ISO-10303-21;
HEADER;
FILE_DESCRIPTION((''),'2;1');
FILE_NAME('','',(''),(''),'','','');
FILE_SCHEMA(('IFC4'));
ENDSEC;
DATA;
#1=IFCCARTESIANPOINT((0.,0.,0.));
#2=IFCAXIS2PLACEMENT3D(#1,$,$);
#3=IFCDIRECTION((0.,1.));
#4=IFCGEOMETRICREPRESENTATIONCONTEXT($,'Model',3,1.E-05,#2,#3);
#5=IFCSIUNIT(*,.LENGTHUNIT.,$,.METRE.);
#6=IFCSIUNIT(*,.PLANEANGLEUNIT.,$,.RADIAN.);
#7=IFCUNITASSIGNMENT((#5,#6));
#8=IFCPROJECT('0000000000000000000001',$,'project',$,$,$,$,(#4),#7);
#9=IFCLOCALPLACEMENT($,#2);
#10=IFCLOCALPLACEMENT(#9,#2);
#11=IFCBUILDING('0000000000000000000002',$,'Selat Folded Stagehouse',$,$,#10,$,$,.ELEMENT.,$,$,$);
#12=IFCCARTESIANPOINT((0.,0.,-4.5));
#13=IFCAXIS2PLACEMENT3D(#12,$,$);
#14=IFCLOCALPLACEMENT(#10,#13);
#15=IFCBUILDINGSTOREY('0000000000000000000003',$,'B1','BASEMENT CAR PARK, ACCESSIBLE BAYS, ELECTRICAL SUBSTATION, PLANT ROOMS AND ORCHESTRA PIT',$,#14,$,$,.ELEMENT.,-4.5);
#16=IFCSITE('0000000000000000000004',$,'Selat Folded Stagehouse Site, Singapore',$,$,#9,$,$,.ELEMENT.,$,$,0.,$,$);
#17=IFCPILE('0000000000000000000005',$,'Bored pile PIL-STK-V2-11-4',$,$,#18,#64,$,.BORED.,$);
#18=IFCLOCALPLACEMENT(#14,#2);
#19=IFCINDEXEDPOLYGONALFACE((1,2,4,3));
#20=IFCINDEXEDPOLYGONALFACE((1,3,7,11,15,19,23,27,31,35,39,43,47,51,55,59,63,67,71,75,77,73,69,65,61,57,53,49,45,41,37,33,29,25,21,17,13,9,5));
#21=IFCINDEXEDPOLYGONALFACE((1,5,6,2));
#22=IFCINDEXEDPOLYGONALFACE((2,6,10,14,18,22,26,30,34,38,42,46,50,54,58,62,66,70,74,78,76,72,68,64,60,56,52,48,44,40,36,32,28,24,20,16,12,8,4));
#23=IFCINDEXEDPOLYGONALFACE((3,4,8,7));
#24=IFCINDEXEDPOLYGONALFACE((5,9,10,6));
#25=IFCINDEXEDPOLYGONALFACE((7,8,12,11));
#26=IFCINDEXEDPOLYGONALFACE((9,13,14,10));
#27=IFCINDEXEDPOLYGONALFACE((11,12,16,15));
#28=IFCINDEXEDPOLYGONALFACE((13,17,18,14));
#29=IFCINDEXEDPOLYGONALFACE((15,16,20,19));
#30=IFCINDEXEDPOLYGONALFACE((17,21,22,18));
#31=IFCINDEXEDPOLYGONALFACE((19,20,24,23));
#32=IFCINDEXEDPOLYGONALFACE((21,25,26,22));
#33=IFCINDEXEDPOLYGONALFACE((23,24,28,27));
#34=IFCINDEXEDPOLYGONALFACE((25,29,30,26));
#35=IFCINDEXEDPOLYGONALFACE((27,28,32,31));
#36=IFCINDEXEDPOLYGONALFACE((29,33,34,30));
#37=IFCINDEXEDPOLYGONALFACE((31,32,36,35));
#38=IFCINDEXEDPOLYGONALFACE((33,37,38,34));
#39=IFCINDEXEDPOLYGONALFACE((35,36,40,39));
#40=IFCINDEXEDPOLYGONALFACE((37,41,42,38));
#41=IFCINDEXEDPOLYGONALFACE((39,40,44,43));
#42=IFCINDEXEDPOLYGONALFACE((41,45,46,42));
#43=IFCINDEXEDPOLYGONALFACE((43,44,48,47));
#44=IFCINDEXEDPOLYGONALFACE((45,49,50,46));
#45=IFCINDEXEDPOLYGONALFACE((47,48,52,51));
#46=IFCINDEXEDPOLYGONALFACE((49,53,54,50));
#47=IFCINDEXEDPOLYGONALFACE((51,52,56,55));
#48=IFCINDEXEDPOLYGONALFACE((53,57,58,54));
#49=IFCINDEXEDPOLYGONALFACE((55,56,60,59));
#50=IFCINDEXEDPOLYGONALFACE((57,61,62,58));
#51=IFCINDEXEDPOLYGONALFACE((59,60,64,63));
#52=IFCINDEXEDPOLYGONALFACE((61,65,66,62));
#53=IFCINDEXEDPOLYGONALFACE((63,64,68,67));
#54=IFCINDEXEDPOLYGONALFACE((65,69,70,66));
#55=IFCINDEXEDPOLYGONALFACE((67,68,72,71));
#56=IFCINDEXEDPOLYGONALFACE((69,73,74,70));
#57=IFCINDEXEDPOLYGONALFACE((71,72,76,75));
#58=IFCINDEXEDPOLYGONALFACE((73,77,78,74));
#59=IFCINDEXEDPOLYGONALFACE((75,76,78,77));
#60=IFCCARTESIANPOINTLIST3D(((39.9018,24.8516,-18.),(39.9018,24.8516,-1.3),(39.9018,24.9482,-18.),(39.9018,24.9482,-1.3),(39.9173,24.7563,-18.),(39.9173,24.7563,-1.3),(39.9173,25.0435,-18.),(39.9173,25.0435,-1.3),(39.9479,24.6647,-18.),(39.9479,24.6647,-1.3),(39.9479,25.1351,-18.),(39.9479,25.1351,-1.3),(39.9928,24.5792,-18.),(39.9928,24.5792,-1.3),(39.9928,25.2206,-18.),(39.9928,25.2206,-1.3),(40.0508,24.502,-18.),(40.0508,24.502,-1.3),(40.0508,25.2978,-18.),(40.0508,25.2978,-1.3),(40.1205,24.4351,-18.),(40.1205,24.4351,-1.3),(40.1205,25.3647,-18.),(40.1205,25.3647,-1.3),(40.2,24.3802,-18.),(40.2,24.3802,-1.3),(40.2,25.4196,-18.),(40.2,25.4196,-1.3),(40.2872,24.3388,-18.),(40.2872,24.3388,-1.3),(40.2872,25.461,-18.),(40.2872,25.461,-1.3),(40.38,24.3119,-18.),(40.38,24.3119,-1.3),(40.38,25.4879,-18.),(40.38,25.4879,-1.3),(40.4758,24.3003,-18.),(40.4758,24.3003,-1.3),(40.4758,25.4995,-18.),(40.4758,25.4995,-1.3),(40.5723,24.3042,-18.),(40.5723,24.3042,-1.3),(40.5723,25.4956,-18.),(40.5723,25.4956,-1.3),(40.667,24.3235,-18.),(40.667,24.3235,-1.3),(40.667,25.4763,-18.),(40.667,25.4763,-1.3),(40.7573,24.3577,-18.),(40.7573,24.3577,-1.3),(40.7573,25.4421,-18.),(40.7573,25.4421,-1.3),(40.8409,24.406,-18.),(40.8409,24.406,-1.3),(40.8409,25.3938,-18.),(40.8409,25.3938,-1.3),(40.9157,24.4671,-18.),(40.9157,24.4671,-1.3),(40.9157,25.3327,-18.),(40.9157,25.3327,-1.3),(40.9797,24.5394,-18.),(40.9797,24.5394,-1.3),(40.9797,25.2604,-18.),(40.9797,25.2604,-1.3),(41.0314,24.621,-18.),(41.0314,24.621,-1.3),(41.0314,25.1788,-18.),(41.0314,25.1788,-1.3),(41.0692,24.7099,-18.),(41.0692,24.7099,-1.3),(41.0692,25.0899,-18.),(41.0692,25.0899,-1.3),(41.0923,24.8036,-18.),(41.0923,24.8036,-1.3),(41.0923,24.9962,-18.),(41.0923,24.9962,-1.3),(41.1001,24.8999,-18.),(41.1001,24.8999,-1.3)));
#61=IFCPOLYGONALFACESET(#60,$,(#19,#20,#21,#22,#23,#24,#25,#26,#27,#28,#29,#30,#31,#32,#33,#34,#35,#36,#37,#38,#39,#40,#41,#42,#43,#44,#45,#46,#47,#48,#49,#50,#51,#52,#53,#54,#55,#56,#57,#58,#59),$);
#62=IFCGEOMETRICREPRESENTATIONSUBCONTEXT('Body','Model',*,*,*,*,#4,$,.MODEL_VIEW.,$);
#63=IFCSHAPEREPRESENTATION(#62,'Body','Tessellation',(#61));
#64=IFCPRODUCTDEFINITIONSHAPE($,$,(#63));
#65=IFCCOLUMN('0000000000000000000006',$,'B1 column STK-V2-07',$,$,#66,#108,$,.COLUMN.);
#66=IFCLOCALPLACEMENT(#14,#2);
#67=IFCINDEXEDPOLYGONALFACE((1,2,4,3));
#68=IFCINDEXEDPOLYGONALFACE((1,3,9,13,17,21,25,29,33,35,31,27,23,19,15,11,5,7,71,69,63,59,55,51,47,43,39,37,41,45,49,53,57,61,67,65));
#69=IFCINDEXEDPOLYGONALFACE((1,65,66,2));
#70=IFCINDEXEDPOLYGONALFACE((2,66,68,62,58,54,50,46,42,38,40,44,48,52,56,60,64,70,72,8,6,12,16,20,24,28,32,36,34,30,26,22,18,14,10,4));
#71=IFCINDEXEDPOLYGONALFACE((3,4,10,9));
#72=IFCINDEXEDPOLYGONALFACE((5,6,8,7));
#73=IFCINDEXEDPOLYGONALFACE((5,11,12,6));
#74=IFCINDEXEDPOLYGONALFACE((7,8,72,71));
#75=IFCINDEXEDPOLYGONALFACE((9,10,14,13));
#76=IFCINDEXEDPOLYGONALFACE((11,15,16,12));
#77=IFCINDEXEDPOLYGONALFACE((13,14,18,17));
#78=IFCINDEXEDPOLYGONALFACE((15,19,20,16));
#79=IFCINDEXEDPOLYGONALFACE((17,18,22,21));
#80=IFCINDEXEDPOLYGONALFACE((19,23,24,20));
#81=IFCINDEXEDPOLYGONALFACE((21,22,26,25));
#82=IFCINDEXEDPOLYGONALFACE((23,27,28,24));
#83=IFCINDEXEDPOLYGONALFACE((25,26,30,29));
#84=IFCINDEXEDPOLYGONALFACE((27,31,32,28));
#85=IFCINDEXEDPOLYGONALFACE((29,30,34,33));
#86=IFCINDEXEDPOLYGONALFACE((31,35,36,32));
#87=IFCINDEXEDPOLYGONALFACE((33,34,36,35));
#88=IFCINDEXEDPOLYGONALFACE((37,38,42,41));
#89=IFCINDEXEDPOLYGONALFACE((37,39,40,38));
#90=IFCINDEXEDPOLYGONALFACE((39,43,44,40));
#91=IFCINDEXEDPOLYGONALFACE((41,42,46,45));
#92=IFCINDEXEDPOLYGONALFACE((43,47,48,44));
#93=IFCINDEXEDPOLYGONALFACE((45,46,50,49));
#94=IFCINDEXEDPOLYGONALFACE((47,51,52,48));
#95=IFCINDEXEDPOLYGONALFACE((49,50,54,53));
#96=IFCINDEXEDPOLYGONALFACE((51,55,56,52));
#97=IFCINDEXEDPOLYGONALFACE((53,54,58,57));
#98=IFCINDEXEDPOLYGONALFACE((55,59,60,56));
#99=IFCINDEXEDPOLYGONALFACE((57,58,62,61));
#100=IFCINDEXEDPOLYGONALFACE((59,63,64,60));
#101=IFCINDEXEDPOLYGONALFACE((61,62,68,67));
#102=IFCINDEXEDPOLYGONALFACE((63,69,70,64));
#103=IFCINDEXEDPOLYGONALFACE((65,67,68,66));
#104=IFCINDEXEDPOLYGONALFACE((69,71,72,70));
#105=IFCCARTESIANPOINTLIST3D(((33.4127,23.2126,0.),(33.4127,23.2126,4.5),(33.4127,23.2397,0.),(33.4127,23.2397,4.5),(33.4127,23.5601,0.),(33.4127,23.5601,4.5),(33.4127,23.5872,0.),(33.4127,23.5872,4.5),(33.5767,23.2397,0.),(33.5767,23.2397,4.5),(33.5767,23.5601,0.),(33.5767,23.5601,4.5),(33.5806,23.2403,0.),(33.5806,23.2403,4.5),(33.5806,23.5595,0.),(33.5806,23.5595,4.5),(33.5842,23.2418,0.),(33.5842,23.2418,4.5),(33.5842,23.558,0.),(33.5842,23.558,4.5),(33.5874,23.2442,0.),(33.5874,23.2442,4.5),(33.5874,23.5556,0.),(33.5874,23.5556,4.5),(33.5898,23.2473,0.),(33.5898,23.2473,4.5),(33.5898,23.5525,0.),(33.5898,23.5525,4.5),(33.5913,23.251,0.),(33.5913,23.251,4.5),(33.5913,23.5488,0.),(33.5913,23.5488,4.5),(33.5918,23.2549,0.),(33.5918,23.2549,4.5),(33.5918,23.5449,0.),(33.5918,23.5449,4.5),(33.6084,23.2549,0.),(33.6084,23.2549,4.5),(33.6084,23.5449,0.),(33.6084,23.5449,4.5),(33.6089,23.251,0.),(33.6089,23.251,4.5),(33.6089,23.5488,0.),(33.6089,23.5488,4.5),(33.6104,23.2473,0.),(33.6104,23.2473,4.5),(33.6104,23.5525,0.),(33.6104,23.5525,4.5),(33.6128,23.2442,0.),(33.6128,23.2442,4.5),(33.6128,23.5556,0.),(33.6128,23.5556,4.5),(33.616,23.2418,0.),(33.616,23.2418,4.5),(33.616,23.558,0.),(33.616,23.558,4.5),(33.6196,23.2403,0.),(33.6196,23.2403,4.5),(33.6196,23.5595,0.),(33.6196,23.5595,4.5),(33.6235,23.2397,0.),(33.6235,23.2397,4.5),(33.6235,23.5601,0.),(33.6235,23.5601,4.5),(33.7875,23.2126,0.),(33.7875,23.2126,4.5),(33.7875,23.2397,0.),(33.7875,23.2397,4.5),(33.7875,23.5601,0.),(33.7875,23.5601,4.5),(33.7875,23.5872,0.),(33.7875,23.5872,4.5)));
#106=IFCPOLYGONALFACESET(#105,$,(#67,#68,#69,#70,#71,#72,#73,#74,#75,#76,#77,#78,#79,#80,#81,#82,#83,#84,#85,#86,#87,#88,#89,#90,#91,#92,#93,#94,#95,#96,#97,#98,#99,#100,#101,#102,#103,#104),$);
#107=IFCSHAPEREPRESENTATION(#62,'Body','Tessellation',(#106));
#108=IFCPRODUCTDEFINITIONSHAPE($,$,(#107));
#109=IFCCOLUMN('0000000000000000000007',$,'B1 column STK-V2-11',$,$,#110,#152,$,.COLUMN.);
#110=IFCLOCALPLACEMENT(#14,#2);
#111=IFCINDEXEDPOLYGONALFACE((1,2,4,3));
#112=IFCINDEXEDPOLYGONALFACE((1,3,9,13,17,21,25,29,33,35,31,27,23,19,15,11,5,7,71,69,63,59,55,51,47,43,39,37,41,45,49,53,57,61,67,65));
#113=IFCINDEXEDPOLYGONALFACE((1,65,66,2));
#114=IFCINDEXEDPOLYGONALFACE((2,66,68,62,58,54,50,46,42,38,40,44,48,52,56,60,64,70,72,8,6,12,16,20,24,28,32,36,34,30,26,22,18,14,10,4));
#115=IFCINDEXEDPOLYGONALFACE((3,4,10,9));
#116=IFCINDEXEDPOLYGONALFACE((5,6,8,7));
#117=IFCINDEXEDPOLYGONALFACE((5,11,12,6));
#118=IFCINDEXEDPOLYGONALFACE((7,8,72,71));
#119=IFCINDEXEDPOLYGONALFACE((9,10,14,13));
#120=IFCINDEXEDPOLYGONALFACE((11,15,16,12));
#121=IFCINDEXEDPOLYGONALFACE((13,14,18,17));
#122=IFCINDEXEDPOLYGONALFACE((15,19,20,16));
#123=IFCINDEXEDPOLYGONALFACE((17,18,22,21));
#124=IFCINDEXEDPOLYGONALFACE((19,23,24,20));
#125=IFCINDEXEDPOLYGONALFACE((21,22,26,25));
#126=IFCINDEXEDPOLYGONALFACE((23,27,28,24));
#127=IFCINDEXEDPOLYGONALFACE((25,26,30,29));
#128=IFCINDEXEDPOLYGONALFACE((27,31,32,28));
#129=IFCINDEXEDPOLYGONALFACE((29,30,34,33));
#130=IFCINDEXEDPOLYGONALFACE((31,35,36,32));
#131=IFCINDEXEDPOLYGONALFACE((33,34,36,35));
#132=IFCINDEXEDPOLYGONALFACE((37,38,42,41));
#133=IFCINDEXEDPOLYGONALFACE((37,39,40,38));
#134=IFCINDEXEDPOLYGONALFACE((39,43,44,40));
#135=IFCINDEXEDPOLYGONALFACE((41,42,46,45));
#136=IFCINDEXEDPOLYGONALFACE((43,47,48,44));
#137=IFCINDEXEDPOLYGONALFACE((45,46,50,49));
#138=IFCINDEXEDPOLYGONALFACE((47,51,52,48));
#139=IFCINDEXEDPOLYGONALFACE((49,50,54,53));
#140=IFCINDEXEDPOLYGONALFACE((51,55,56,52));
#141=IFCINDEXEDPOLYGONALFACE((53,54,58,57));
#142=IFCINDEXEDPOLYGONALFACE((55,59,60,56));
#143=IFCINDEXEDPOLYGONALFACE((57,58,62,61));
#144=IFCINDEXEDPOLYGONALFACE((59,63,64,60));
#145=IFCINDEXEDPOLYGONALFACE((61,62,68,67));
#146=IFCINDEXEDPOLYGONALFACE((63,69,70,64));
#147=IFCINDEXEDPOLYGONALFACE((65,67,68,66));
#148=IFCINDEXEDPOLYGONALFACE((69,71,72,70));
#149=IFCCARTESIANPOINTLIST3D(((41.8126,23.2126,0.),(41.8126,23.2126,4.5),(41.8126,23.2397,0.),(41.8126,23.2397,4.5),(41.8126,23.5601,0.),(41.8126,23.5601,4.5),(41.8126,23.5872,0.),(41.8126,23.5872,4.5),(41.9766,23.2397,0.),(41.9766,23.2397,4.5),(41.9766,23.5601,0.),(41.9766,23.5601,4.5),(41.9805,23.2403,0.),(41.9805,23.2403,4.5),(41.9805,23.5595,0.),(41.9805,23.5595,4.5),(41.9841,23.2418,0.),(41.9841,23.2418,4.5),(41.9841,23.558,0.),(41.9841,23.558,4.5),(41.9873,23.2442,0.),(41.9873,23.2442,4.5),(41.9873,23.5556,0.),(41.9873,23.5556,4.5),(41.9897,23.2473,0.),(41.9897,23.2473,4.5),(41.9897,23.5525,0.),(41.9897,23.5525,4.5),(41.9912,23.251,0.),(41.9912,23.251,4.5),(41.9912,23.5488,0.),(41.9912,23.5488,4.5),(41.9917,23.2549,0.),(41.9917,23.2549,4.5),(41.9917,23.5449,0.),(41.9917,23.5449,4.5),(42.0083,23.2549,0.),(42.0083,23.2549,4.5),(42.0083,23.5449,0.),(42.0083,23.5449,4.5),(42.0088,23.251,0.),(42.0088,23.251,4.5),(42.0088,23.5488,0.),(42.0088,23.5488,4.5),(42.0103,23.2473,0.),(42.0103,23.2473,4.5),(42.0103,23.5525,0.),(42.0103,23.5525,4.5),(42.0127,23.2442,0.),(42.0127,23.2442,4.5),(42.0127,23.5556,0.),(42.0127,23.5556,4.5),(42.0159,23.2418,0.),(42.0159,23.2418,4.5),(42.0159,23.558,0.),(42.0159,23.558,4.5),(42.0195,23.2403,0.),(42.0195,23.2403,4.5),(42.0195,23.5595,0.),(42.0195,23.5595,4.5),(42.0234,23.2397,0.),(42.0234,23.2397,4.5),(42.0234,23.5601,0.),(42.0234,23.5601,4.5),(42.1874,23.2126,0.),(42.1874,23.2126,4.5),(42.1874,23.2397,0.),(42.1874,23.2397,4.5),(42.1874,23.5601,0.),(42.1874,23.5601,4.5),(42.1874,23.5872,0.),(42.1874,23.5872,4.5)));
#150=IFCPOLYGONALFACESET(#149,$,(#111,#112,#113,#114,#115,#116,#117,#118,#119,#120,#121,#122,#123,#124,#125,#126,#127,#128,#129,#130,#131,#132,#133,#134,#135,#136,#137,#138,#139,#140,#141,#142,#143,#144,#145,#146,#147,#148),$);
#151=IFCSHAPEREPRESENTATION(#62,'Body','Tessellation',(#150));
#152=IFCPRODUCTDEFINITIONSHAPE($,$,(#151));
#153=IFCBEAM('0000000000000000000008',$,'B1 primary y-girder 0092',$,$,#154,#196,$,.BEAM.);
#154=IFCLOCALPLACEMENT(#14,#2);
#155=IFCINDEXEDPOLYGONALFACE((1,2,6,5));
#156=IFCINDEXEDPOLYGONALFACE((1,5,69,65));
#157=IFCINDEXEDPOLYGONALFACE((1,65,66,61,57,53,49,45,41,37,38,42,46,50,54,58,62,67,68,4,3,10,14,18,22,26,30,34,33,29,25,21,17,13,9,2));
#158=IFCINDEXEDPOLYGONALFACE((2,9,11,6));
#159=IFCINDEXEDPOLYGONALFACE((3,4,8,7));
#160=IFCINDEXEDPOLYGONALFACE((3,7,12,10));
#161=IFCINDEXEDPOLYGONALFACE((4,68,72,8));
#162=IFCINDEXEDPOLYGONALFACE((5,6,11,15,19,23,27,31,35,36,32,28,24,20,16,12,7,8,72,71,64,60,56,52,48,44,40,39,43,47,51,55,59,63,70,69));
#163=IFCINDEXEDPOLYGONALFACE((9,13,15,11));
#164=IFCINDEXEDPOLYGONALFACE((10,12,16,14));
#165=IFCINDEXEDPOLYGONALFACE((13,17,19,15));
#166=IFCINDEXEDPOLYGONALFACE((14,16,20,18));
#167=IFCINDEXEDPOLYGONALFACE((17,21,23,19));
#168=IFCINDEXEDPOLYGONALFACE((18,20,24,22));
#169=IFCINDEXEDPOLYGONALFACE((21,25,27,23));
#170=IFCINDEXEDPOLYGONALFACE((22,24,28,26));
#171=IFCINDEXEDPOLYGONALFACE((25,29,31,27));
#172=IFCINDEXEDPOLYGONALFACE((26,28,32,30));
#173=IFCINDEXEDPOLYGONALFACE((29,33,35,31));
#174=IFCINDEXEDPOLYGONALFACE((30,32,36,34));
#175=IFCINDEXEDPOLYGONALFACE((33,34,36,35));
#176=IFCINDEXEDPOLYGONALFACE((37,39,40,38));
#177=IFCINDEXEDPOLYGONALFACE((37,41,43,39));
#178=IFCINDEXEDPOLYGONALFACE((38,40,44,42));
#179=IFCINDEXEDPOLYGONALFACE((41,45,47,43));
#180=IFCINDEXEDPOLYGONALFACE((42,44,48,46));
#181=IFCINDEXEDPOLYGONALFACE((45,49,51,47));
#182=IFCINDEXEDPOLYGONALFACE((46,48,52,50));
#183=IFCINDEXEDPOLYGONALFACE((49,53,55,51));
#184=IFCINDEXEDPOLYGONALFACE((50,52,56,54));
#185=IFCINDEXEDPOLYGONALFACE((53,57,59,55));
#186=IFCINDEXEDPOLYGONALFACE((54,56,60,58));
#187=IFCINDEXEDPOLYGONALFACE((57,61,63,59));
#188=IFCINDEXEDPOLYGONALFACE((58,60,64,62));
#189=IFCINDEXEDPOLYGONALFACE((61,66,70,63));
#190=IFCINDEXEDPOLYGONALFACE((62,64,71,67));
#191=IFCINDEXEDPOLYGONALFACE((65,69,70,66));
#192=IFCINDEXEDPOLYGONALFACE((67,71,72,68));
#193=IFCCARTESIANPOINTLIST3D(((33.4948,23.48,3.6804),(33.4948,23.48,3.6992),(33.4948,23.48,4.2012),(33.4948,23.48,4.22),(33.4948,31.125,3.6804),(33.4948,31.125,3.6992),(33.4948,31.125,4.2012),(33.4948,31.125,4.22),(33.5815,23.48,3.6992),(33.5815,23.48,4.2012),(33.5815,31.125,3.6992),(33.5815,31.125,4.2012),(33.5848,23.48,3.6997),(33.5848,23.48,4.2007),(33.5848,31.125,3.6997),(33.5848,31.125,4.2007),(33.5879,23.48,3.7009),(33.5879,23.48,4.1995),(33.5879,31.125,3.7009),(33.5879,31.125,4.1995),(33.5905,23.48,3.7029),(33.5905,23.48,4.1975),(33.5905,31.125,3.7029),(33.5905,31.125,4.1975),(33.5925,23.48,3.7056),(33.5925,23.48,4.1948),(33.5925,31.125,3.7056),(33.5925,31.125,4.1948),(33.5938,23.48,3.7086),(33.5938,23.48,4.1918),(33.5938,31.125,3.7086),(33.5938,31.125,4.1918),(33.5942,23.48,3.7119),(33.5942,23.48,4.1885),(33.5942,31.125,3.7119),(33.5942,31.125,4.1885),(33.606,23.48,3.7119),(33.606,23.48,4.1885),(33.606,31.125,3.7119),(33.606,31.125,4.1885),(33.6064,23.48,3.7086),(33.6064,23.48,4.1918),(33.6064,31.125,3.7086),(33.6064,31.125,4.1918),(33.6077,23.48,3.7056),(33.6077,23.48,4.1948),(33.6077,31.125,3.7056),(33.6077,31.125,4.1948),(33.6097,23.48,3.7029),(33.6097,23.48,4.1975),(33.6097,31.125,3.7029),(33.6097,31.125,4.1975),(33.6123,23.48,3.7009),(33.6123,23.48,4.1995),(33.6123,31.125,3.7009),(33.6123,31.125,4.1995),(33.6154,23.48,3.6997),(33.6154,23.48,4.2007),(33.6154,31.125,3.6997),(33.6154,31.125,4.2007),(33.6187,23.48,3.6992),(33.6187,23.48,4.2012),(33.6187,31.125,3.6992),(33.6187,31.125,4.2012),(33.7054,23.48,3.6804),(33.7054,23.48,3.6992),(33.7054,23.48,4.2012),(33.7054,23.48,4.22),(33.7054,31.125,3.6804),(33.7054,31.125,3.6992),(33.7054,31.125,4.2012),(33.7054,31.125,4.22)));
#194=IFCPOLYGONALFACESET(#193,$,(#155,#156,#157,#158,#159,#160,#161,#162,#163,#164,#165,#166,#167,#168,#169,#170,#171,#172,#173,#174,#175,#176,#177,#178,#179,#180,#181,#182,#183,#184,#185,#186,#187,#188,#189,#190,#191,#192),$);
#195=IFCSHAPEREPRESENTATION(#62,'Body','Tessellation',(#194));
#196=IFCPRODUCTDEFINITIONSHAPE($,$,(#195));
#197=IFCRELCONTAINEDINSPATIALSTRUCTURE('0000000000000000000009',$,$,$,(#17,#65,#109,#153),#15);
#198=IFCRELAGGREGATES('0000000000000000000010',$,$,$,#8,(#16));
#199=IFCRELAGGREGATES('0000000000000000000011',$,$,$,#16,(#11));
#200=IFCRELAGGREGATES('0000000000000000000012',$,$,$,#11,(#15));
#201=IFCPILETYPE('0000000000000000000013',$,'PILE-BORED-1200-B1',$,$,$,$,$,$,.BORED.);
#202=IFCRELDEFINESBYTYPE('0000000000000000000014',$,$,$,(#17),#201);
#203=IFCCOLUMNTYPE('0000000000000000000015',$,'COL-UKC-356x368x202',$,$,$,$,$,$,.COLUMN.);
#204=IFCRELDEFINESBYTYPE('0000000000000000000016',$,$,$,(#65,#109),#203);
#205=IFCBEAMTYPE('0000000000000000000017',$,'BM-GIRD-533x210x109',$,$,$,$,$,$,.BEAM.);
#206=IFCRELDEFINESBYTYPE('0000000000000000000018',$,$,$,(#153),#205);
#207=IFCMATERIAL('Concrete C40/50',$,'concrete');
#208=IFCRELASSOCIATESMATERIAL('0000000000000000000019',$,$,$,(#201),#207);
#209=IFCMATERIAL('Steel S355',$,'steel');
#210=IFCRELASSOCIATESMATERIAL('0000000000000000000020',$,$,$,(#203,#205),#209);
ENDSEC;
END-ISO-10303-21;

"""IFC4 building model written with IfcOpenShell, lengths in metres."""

from ifc_helpers import new_model, si_unit, direction, frame, origin, origin_2d, place, context, subcontext, project, spatial, circle, i_section, extrude, material, material_profile, profile_set, type_object, element, save


model = new_model("IFC4")

# Units and contexts
model_context = context("Model", 3, precision=1e-05, world=origin(), true_north=direction((0.0, 1.0)))
body_context = subcontext(model_context, "Body", "Model", "MODEL_VIEW")
ifc_project = project(units=[si_unit("LENGTHUNIT", "METRE"), si_unit("PLANEANGLEUNIT", "RADIAN")], contexts=[model_context])

# Site, building, storey
site_placement = place(None, origin())
site = spatial("IfcSite", under=ifc_project, at=site_placement, Name="Selat Folded Stagehouse Site, Singapore", CompositionType="ELEMENT", RefElevation=0.0)
building_placement = place(site_placement, origin())
building = spatial("IfcBuilding", under=site, at=building_placement, Name="Selat Folded Stagehouse", CompositionType="ELEMENT")
storey_placement = place(building_placement, frame((0.0, 0.0, -4.5)))
storey = spatial("IfcBuildingStorey", under=building, at=storey_placement, Name="B1", Description="BASEMENT CAR PARK, ACCESSIBLE BAYS, ELECTRICAL SUBSTATION, PLANT ROOMS AND ORCHESTRA PIT", CompositionType="ELEMENT", Elevation=-4.5)

# Shared definitions
ifc_material_1 = material(Name="Concrete C40/50", Category="concrete")

# Pile
ifc_material_profile_1 = material_profile(ifc_material_1, circle(Radius=0.6001, at=origin_2d()), Name="PILE D1200")
ifc_profile_set_1 = profile_set([ifc_material_profile_1], Name="Concrete C40/50")
pile_type = type_object("IfcPileType", Name="PILE-BORED-1200-B1", PredefinedType="BORED", material=ifc_profile_set_1)
for number, where, z_axis, x_axis, name in (
    (1, (40.5, 24.8999, -1.3), (0.0, 0.0, -1.0), (1.0, 0.0, 0.0), "Bored pile PIL-STK-V2-11-4"),
):
    element("IfcPile", number, at=place(storey_placement, frame(where, z_axis=z_axis, x_axis=x_axis)), inside=storey, type_object=pile_type, Name=name, PredefinedType="BORED", context=body_context, shape_type="SweptSolid", body=[
        extrude(circle(Radius=0.6001, at=origin_2d()), origin(), (0.0, 0.0, 1.0), 16.7),
    ])

# Columns
ifc_material_2 = material(Name="Steel S355", Category="steel")
ifc_material_profile_2 = material_profile(ifc_material_2, i_section(OverallWidth=0.3748, OverallDepth=0.3745, WebThickness=0.0166, FlangeThickness=0.0271, FilletRadius=0.0151, at=origin_2d()), Name="UKC 356x368x202")
ifc_profile_set_2 = profile_set([ifc_material_profile_2], Name="Steel S355")
column_type = type_object("IfcColumnType", Name="COL-UKC-356x368x202", PredefinedType="COLUMN", material=ifc_profile_set_2)
for number, where, z_axis, x_axis, name in (
    (2, (33.6001, 23.3999, 0.0), (0.0, 0.0, 1.0), (1.0, 0.0, 0.0), "B1 column STK-V2-07"),
    (3, (42.0, 23.3999, 0.0), (0.0, 0.0, 1.0), (1.0, 0.0, 0.0), "B1 column STK-V2-11"),
):
    element("IfcColumn", number, at=place(storey_placement, frame(where, z_axis=z_axis, x_axis=x_axis)), inside=storey, type_object=column_type, Name=name, PredefinedType="COLUMN", context=body_context, shape_type="SweptSolid", body=[
        extrude(i_section(OverallWidth=0.3748, OverallDepth=0.3745, WebThickness=0.0166, FlangeThickness=0.0271, FilletRadius=0.0151, at=origin_2d()), origin(), (0.0, 0.0, 1.0), 4.5),
    ])

# Beam
ifc_material_profile_3 = material_profile(ifc_material_2, i_section(OverallWidth=0.2107, OverallDepth=0.5396, WebThickness=0.0117, FlangeThickness=0.0188, FilletRadius=0.0127, at=origin_2d()), Name="UKB 533x210x109")
ifc_profile_set_3 = profile_set([ifc_material_profile_3], Name="Steel S355")
beam_type_1 = type_object("IfcBeamType", Name="BM-GIRD-533x210x109", PredefinedType="BEAM", material=ifc_profile_set_3)
beam_1_placement = place(storey_placement, frame((33.6001, 23.48, 3.9502), z_axis=(0.0, 1.0, 0.0), x_axis=(-1.0, 0.0, 0.0)))
element("IfcBeam", 4, at=beam_1_placement, inside=storey, type_object=beam_type_1, Name="B1 primary y-girder 0092", PredefinedType="BEAM", context=body_context, shape_type="SweptSolid", body=[
    extrude(i_section(OverallWidth=0.2107, OverallDepth=0.5396, WebThickness=0.0117, FlangeThickness=0.0188, FilletRadius=0.0127, at=origin_2d()), origin(), (0.0, 0.0, 1.0), 7.645),
])

save(model, "model.ifc")
